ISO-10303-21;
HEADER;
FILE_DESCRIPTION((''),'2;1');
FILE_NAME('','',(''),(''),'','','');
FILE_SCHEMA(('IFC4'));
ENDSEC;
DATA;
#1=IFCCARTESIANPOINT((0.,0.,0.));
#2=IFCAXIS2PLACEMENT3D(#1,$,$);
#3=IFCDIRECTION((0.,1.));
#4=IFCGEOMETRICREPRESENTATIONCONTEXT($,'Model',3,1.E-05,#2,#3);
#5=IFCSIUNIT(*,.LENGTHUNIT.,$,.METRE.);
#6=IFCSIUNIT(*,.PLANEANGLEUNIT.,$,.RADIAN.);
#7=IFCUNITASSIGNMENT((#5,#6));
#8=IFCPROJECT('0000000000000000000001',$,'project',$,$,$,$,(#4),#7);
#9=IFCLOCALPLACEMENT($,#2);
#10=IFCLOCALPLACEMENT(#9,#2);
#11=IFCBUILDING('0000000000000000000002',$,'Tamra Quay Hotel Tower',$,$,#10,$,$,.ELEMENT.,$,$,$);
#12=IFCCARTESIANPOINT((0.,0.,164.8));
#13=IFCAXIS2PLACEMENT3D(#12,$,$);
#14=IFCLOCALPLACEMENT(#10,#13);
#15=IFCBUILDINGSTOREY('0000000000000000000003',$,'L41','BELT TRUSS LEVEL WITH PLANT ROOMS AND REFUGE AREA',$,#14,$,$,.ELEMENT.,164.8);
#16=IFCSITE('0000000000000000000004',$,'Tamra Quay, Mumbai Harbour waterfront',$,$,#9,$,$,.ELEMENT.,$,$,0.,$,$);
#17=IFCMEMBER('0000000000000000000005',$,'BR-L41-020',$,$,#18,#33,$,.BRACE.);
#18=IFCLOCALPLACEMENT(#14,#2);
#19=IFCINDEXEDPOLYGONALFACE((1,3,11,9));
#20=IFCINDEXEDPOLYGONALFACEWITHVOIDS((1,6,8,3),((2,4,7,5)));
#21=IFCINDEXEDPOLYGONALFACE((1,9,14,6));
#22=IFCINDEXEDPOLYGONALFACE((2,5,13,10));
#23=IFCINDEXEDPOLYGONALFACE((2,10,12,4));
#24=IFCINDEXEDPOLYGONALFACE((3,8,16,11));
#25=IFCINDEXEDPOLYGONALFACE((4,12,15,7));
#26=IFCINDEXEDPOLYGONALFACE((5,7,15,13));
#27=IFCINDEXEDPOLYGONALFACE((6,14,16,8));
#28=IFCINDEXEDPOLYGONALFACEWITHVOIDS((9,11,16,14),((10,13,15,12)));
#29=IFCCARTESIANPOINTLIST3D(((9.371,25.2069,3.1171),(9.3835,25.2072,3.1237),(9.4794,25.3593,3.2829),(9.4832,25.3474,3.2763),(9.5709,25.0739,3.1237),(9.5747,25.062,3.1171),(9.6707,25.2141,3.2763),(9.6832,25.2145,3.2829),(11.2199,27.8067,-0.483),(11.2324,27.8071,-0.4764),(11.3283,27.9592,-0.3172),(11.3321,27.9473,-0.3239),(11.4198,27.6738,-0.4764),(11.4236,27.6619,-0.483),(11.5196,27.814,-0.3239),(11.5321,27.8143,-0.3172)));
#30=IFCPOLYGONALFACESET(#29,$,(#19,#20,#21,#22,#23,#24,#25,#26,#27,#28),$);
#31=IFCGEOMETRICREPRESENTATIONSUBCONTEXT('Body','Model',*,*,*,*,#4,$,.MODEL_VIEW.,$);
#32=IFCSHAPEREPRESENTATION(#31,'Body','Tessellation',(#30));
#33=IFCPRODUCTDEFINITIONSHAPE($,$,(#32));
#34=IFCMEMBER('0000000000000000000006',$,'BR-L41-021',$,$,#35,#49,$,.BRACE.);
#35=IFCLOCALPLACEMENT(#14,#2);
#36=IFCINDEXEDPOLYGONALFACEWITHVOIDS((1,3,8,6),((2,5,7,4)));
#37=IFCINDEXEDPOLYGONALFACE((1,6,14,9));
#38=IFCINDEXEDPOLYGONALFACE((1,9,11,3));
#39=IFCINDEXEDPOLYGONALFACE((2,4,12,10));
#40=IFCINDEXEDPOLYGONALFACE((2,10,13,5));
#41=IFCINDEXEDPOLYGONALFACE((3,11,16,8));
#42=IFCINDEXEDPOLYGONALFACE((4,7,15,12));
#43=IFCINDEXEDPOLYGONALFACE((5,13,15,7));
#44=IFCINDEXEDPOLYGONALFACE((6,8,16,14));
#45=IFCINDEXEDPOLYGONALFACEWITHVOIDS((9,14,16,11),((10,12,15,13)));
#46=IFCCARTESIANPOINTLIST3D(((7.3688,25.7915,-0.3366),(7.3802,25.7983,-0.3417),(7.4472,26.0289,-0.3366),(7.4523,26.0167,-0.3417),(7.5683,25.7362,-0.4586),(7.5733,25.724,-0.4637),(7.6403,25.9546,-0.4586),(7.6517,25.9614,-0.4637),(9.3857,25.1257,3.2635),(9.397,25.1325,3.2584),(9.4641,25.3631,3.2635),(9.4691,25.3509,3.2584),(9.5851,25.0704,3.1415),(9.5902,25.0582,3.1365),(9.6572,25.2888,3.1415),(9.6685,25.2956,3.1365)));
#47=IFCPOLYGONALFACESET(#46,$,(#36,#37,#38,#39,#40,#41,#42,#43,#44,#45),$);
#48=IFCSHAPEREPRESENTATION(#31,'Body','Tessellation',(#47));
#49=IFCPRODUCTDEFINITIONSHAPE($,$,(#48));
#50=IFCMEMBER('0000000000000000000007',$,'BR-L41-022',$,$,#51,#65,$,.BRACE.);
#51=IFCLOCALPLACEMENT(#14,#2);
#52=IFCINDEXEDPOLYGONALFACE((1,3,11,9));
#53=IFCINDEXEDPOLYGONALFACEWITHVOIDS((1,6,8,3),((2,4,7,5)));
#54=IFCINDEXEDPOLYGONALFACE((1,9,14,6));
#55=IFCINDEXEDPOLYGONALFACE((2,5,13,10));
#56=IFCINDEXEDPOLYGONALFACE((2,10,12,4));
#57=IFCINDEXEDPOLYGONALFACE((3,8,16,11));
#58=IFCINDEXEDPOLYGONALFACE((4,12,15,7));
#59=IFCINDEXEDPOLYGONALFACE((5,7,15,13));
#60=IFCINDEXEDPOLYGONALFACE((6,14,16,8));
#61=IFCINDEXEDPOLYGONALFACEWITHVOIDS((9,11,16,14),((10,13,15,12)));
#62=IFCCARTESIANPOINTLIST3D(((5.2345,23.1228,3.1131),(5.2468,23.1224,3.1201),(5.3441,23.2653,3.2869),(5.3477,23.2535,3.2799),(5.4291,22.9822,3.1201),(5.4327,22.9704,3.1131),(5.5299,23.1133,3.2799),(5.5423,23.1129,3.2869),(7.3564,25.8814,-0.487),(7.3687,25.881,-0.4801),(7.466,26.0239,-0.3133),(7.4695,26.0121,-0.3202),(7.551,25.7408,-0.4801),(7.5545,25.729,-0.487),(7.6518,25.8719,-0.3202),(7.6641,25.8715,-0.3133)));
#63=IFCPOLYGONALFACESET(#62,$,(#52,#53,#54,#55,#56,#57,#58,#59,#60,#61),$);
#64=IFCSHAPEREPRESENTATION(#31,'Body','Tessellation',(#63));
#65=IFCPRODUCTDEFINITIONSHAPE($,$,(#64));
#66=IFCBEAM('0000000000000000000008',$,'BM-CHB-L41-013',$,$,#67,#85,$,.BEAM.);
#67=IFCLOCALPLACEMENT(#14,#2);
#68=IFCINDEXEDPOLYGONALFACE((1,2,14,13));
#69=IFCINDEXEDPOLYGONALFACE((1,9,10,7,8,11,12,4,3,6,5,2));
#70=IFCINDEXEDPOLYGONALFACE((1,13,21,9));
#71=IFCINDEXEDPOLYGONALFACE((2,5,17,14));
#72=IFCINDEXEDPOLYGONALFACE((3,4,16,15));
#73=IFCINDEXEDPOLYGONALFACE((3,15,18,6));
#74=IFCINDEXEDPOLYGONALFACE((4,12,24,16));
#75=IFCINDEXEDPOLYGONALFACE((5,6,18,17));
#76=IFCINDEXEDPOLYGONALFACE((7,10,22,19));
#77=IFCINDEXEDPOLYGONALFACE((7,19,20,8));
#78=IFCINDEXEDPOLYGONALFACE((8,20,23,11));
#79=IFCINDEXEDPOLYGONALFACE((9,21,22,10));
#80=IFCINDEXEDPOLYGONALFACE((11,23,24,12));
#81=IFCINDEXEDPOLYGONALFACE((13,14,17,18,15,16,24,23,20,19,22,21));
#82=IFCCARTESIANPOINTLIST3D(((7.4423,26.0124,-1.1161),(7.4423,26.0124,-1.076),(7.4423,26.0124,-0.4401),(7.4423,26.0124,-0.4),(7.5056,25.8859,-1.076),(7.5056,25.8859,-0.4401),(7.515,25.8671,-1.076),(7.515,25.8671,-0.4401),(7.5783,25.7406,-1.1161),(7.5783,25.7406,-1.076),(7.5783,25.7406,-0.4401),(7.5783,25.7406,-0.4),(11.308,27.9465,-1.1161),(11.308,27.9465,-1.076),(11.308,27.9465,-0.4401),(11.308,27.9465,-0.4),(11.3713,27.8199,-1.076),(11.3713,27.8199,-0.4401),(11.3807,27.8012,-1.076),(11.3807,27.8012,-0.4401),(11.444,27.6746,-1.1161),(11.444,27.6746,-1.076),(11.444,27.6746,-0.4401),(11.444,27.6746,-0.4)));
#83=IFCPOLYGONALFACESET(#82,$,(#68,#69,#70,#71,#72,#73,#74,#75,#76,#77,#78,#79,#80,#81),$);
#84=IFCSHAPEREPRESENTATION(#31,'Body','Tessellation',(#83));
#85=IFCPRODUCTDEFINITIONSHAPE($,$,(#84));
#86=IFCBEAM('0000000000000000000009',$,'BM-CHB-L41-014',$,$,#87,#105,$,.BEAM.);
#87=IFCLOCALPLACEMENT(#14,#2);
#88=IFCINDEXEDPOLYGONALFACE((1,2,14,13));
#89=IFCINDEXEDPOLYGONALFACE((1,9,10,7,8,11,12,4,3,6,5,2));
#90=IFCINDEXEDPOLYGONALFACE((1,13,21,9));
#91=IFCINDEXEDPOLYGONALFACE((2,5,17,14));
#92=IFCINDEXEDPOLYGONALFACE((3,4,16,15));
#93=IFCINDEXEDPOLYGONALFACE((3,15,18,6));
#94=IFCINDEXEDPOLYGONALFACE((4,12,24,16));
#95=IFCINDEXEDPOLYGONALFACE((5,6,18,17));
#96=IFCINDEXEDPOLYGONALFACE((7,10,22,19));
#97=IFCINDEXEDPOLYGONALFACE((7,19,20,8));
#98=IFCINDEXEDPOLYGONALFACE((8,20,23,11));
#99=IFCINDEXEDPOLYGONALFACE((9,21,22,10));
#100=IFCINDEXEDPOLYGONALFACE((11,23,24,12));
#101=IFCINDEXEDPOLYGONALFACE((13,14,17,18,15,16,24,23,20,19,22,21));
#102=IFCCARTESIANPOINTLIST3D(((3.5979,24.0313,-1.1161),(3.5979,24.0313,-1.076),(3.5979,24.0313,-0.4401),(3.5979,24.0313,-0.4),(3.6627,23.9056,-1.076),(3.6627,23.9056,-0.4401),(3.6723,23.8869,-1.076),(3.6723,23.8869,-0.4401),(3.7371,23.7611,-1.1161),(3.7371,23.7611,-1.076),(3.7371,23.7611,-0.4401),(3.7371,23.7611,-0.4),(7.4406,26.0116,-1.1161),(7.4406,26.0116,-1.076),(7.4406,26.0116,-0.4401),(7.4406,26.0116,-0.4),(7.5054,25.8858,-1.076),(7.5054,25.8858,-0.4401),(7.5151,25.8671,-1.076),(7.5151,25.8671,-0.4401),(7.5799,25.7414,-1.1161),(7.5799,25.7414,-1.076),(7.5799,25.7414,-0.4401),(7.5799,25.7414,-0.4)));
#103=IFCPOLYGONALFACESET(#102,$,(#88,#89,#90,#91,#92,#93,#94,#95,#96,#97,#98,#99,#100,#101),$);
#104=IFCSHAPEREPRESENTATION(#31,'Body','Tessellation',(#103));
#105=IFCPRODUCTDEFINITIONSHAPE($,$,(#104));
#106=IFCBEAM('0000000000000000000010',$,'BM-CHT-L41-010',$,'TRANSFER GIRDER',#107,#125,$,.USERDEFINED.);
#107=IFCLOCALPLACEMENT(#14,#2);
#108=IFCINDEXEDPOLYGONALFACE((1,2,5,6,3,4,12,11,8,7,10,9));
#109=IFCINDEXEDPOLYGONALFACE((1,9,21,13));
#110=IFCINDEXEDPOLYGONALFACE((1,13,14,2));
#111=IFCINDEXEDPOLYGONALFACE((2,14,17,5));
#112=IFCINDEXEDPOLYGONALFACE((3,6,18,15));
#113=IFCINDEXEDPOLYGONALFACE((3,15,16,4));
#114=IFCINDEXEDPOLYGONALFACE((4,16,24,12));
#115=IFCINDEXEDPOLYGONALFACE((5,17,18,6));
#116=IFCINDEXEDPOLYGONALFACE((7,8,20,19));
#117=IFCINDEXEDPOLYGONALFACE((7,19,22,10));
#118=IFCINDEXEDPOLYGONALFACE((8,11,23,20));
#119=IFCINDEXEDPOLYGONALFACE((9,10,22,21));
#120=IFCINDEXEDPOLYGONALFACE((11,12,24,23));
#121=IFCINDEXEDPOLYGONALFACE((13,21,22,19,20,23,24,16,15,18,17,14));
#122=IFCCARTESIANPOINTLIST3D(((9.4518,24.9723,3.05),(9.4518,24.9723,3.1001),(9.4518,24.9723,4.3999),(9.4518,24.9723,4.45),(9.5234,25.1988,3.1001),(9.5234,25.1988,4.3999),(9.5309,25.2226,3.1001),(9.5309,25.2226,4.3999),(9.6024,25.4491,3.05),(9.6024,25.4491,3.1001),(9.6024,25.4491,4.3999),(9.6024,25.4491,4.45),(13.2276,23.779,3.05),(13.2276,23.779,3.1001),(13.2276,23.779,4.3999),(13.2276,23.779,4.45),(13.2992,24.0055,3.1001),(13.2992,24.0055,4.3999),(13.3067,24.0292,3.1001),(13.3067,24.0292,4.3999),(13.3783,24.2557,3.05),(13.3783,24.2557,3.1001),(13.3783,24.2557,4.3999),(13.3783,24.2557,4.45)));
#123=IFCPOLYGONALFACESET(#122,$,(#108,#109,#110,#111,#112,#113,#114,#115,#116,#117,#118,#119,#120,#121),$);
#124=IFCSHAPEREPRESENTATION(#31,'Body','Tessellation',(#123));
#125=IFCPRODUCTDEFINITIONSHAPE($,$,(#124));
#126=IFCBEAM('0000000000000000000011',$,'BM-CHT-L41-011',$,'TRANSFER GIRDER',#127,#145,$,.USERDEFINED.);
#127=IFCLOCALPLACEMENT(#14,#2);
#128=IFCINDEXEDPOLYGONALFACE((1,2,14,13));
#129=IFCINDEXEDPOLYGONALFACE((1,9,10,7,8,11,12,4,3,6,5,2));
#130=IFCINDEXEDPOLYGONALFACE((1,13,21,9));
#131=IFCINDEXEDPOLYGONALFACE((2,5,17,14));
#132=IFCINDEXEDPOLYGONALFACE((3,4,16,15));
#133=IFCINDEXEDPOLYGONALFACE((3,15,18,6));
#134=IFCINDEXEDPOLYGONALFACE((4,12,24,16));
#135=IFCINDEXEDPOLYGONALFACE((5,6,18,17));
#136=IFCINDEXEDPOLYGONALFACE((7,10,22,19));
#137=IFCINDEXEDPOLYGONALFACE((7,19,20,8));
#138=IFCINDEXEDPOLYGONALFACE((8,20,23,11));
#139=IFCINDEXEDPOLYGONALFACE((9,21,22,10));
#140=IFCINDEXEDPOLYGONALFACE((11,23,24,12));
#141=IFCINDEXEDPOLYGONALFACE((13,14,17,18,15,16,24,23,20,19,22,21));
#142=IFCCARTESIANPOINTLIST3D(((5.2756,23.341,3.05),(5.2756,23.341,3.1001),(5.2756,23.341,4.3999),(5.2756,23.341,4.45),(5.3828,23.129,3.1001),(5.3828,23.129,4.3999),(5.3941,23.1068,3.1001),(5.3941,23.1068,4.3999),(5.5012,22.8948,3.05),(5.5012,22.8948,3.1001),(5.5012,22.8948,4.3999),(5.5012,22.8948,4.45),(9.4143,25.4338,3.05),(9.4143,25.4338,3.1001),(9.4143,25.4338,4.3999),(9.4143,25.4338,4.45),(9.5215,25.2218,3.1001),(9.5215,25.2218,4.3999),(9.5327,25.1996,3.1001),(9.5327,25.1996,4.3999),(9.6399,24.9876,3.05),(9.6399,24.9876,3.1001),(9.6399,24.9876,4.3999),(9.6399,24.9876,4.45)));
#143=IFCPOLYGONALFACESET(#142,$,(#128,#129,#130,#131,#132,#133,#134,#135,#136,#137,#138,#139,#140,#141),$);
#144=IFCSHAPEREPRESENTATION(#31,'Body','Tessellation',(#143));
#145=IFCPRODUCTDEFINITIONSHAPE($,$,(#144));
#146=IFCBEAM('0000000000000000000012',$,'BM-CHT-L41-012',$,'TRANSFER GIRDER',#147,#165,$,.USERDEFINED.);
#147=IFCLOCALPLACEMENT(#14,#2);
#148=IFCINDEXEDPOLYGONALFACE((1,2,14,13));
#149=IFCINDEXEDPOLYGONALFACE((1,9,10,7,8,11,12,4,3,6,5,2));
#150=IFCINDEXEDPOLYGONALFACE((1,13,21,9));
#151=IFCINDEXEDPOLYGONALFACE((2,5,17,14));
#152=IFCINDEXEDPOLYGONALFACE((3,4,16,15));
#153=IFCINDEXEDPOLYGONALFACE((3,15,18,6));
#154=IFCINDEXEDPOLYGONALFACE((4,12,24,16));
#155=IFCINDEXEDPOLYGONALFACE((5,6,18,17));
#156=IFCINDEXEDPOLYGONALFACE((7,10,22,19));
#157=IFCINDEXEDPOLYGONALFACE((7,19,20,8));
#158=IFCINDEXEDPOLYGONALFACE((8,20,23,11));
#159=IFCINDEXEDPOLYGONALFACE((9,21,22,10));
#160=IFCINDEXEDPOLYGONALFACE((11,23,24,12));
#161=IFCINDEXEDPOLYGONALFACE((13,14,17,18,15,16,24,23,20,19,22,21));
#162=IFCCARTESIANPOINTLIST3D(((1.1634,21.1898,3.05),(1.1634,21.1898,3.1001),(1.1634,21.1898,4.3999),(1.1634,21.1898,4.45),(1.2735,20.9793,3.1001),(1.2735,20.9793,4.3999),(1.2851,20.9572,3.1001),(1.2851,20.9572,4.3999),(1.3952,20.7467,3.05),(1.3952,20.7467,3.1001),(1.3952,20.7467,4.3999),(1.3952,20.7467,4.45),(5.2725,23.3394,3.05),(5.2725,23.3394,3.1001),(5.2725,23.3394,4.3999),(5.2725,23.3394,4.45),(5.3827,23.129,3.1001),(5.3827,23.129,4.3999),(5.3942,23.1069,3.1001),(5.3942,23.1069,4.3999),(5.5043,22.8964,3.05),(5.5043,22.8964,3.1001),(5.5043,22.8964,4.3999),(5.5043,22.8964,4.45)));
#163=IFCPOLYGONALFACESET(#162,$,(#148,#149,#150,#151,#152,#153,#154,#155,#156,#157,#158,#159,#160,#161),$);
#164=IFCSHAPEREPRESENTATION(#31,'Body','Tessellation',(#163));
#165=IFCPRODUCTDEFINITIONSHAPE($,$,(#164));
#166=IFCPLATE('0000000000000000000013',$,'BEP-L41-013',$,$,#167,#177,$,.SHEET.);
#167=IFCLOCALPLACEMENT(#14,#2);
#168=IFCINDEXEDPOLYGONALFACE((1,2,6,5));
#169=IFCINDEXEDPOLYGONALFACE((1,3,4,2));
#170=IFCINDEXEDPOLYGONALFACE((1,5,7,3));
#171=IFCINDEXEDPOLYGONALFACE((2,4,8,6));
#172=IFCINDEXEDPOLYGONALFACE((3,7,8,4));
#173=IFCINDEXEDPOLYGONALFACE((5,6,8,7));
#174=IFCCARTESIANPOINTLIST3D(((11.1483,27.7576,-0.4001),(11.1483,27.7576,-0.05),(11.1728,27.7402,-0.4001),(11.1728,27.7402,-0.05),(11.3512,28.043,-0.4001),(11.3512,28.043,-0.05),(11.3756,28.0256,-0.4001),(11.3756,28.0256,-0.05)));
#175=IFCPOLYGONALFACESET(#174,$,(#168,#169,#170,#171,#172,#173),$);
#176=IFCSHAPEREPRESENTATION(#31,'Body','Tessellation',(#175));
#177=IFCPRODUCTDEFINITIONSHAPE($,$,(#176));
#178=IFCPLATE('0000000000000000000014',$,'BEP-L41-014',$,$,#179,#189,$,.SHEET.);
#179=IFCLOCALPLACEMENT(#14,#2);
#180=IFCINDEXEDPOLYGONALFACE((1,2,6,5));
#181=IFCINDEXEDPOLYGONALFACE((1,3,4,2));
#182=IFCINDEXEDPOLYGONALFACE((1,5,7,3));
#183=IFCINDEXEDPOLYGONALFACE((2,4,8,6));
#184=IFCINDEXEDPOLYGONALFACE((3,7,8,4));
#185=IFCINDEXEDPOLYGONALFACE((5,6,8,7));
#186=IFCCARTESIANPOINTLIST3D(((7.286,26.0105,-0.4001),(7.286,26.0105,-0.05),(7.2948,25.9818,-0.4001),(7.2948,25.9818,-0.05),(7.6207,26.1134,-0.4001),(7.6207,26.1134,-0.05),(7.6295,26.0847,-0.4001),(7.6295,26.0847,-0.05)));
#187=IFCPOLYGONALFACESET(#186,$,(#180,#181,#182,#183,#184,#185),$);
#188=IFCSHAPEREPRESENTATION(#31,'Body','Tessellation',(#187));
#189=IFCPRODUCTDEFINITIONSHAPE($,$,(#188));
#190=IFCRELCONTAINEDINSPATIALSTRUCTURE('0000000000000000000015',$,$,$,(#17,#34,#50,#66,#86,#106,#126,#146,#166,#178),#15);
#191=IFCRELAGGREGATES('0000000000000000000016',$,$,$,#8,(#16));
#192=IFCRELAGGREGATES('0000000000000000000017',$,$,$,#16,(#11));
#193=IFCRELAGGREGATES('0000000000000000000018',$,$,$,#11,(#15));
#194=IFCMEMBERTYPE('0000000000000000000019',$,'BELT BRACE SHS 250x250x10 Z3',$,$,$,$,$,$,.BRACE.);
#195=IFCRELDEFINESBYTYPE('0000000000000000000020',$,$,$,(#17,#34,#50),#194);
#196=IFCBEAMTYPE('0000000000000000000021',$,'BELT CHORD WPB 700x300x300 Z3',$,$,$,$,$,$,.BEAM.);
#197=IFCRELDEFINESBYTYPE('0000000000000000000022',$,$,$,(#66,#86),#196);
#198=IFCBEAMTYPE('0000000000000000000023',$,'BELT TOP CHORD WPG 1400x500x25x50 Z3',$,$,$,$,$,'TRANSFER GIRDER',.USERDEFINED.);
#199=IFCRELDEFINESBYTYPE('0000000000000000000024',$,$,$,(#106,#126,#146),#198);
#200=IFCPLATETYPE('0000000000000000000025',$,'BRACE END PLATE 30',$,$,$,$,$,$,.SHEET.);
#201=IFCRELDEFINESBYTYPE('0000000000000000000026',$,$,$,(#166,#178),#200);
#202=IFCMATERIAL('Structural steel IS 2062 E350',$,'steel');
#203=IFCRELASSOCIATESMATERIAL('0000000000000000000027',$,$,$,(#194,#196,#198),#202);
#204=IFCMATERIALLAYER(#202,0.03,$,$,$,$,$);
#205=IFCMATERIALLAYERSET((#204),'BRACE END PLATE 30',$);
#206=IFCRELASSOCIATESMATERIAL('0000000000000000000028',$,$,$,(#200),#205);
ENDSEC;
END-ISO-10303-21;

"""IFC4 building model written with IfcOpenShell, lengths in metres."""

from ifc_helpers import new_model, si_unit, direction, frame, origin, origin_2d, place, context, subcontext, project, spatial, rectangle, hollow_rectangle, i_section, extrude, material, layer, layer_set, material_profile, profile_set, type_object, element, save


model = new_model("IFC4")

# Units and contexts
model_context = context("Model", 3, precision=1e-05, world=origin(), true_north=direction((0.0, 1.0)))
body_context = subcontext(model_context, "Body", "Model", "MODEL_VIEW")
ifc_project = project(units=[si_unit("LENGTHUNIT", "METRE"), si_unit("PLANEANGLEUNIT", "RADIAN")], contexts=[model_context])

# Site, building, storey
site_placement = place(None, origin())
site = spatial("IfcSite", under=ifc_project, at=site_placement, Name="Tamra Quay, Mumbai Harbour waterfront", CompositionType="ELEMENT", RefElevation=0.0)
building_placement = place(site_placement, origin())
building = spatial("IfcBuilding", under=site, at=building_placement, Name="Tamra Quay Hotel Tower", CompositionType="ELEMENT")
storey_placement = place(building_placement, frame((0.0, 0.0, 164.8)))
storey = spatial("IfcBuildingStorey", under=building, at=storey_placement, Name="L41", Description="BELT TRUSS LEVEL WITH PLANT ROOMS AND REFUGE AREA", CompositionType="ELEMENT", Elevation=164.8)

# Members
ifc_material_1 = material(Name="Structural steel IS 2062 E350", Category="steel")
ifc_material_profile_1 = material_profile(ifc_material_1, hollow_rectangle(XDim=0.25, YDim=0.25, WallThickness=0.01, at=origin_2d()), Name="SHS 250x250x10")
ifc_profile_set_1 = profile_set([ifc_material_profile_1], Name="Structural steel IS 2062 E350")
member_type = type_object("IfcMemberType", Name="BELT BRACE SHS 250x250x10 Z3", PredefinedType="BRACE", material=ifc_profile_set_1)
member_1_placement = place(storey_placement, frame((11.376, 27.8105, -0.4001), z_axis=(-0.384364, -0.540485, 0.748426), x_axis=(0.814942, -0.579543, 0.0)))
element("IfcMember", 1, at=member_1_placement, inside=storey, type_object=member_type, Name="BR-L41-020", PredefinedType="BRACE", context=body_context, shape_type="SweptSolid", body=[
    extrude(hollow_rectangle(XDim=0.25, YDim=0.25, WallThickness=0.01, at=origin_2d()), origin(), (0.0, 0.0, 1.0), 4.8103),
])
member_2_placement = place(storey_placement, frame((7.5103, 25.8765, -0.4001), z_axis=(0.48251, -0.159279, 0.861287), x_axis=(0.313468, 0.949599, 0.0)))
element("IfcMember", 2, at=member_2_placement, inside=storey, type_object=member_type, Name="BR-L41-021", PredefinedType="BRACE", context=body_context, shape_type="SweptSolid", body=[
    extrude(hollow_rectangle(XDim=0.25, YDim=0.25, WallThickness=0.01, at=origin_2d()), origin(), (0.0, 0.0, 1.0), 4.1799),
])
member_3_placement = place(storey_placement, frame((7.5103, 25.8765, -0.4001), z_axis=(-0.423752, -0.550912, 0.718979), x_axis=(0.792642, -0.609687, 0.0)))
element("IfcMember", 3, at=member_3_placement, inside=storey, type_object=member_type, Name="BR-L41-022", PredefinedType="BRACE", context=body_context, shape_type="SweptSolid", body=[
    extrude(hollow_rectangle(XDim=0.25, YDim=0.25, WallThickness=0.01, at=origin_2d()), origin(), (0.0, 0.0, 1.0), 5.0073),
])

# Beams
ifc_material_profile_2 = material_profile(ifc_material_1, i_section(OverallWidth=0.304, OverallDepth=0.7161, WebThickness=0.021, FlangeThickness=0.04, at=origin_2d()), Name="WPB 700x300x300")
ifc_profile_set_2 = profile_set([ifc_material_profile_2], Name="Structural steel IS 2062 E350")
beam_type_1 = type_object("IfcBeamType", Name="BELT CHORD WPB 700x300x300 Z3", PredefinedType="BEAM", material=ifc_profile_set_2)
beam_1_placement = place(storey_placement, frame((11.376, 27.8105, -0.7581), z_axis=(-0.894314, -0.44744, 0.0), x_axis=(0.44744, -0.894314, 0.0)))
element("IfcBeam", 4, at=beam_1_placement, inside=storey, type_object=beam_type_1, Name="BM-CHB-L41-013", PredefinedType="BEAM", context=body_context, shape_type="SweptSolid", body=[
    extrude(i_section(OverallWidth=0.304, OverallDepth=0.7161, WebThickness=0.021, FlangeThickness=0.04, at=origin_2d()), origin(), (0.0, 0.0, 1.0), 4.3225),
])
beam_2_placement = place(storey_placement, frame((7.5103, 25.8765, -0.7581), z_axis=(-0.888917, -0.458069, 0.0), x_axis=(0.458069, -0.888917, 0.0)))
element("IfcBeam", 5, at=beam_2_placement, inside=storey, type_object=beam_type_1, Name="BM-CHB-L41-014", PredefinedType="BEAM", context=body_context, shape_type="SweptSolid", body=[
    extrude(i_section(OverallWidth=0.304, OverallDepth=0.7161, WebThickness=0.021, FlangeThickness=0.04, at=origin_2d()), origin(), (0.0, 0.0, 1.0), 4.323),
])
ifc_material_profile_3 = material_profile(ifc_material_1, i_section(OverallWidth=0.5, OverallDepth=1.3999, WebThickness=0.0249, FlangeThickness=0.05, at=origin_2d()), Name="WPG 1400x500x25x50")
ifc_profile_set_3 = profile_set([ifc_material_profile_3], Name="Structural steel IS 2062 E350")
beam_type_2 = type_object("IfcBeamType", Name="BELT TOP CHORD WPG 1400x500x25x50 Z3", ElementType="TRANSFER GIRDER", PredefinedType="USERDEFINED", material=ifc_profile_set_3)
beam_3_placement = place(storey_placement, frame((13.303, 24.0173, 3.75), z_axis=(-0.953512, 0.301356, 0.0), x_axis=(-0.301356, -0.953512, 0.0)))
element("IfcBeam", 6, at=beam_3_placement, inside=storey, type_object=beam_type_2, Name="BM-CHT-L41-010", ObjectType="TRANSFER GIRDER", PredefinedType="USERDEFINED", context=body_context, shape_type="SweptSolid", body=[
    extrude(i_section(OverallWidth=0.5, OverallDepth=1.3999, WebThickness=0.0249, FlangeThickness=0.05, at=origin_2d()), origin(), (0.0, 0.0, 1.0), 3.96),
])
beam_4_placement = place(storey_placement, frame((9.5271, 25.2107, 3.75), z_axis=(-0.892397, -0.451252, 0.0), x_axis=(0.451252, -0.892397, 0.0)))
element("IfcBeam", 7, at=beam_4_placement, inside=storey, type_object=beam_type_2, Name="BM-CHT-L41-011", ObjectType="TRANSFER GIRDER", PredefinedType="USERDEFINED", context=body_context, shape_type="SweptSolid", body=[
    extrude(i_section(OverallWidth=0.5, OverallDepth=1.3999, WebThickness=0.0249, FlangeThickness=0.05, at=origin_2d()), origin(), (0.0, 0.0, 1.0), 4.6377),
])
beam_5_placement = place(storey_placement, frame((5.3884, 23.1179, 3.75), z_axis=(-0.886075, -0.463543, 0.0), x_axis=(0.463543, -0.886075, 0.0)))
element("IfcBeam", 8, at=beam_5_placement, inside=storey, type_object=beam_type_2, Name="BM-CHT-L41-012", ObjectType="TRANSFER GIRDER", PredefinedType="USERDEFINED", context=body_context, shape_type="SweptSolid", body=[
    extrude(i_section(OverallWidth=0.5, OverallDepth=1.3999, WebThickness=0.0249, FlangeThickness=0.05, at=origin_2d()), origin(), (0.0, 0.0, 1.0), 4.6375),
])

# Plates
ifc_layer_1 = layer(ifc_material_1, 0.03)
ifc_layer_set_1 = layer_set([ifc_layer_1], Name="BRACE END PLATE 30")
plate_type = type_object("IfcPlateType", Name="BRACE END PLATE 30", PredefinedType="SHEET", material=ifc_layer_set_1)
for number, where, z_axis, x_axis, name in (
    (9, (11.262, 27.8916, -0.4001), (0.0, 0.0, 1.0), (-0.814968, 0.579506, 0.0), "BEP-L41-013"),
    (10, (7.4578, 26.0476, -0.4001), (0.0, 0.0, 1.0), (-0.293733, 0.955887, 0.0), "BEP-L41-014"),
):
    element("IfcPlate", number, at=place(storey_placement, frame(where, z_axis=z_axis, x_axis=x_axis)), inside=storey, type_object=plate_type, Name=name, PredefinedType="SHEET", context=body_context, shape_type="SweptSolid", body=[
        extrude(rectangle(XDim=0.03, YDim=0.3501, at=origin_2d()), origin(), (0.0, 0.0, 1.0), 0.3501),
    ])

save(model, "model.ifc")
